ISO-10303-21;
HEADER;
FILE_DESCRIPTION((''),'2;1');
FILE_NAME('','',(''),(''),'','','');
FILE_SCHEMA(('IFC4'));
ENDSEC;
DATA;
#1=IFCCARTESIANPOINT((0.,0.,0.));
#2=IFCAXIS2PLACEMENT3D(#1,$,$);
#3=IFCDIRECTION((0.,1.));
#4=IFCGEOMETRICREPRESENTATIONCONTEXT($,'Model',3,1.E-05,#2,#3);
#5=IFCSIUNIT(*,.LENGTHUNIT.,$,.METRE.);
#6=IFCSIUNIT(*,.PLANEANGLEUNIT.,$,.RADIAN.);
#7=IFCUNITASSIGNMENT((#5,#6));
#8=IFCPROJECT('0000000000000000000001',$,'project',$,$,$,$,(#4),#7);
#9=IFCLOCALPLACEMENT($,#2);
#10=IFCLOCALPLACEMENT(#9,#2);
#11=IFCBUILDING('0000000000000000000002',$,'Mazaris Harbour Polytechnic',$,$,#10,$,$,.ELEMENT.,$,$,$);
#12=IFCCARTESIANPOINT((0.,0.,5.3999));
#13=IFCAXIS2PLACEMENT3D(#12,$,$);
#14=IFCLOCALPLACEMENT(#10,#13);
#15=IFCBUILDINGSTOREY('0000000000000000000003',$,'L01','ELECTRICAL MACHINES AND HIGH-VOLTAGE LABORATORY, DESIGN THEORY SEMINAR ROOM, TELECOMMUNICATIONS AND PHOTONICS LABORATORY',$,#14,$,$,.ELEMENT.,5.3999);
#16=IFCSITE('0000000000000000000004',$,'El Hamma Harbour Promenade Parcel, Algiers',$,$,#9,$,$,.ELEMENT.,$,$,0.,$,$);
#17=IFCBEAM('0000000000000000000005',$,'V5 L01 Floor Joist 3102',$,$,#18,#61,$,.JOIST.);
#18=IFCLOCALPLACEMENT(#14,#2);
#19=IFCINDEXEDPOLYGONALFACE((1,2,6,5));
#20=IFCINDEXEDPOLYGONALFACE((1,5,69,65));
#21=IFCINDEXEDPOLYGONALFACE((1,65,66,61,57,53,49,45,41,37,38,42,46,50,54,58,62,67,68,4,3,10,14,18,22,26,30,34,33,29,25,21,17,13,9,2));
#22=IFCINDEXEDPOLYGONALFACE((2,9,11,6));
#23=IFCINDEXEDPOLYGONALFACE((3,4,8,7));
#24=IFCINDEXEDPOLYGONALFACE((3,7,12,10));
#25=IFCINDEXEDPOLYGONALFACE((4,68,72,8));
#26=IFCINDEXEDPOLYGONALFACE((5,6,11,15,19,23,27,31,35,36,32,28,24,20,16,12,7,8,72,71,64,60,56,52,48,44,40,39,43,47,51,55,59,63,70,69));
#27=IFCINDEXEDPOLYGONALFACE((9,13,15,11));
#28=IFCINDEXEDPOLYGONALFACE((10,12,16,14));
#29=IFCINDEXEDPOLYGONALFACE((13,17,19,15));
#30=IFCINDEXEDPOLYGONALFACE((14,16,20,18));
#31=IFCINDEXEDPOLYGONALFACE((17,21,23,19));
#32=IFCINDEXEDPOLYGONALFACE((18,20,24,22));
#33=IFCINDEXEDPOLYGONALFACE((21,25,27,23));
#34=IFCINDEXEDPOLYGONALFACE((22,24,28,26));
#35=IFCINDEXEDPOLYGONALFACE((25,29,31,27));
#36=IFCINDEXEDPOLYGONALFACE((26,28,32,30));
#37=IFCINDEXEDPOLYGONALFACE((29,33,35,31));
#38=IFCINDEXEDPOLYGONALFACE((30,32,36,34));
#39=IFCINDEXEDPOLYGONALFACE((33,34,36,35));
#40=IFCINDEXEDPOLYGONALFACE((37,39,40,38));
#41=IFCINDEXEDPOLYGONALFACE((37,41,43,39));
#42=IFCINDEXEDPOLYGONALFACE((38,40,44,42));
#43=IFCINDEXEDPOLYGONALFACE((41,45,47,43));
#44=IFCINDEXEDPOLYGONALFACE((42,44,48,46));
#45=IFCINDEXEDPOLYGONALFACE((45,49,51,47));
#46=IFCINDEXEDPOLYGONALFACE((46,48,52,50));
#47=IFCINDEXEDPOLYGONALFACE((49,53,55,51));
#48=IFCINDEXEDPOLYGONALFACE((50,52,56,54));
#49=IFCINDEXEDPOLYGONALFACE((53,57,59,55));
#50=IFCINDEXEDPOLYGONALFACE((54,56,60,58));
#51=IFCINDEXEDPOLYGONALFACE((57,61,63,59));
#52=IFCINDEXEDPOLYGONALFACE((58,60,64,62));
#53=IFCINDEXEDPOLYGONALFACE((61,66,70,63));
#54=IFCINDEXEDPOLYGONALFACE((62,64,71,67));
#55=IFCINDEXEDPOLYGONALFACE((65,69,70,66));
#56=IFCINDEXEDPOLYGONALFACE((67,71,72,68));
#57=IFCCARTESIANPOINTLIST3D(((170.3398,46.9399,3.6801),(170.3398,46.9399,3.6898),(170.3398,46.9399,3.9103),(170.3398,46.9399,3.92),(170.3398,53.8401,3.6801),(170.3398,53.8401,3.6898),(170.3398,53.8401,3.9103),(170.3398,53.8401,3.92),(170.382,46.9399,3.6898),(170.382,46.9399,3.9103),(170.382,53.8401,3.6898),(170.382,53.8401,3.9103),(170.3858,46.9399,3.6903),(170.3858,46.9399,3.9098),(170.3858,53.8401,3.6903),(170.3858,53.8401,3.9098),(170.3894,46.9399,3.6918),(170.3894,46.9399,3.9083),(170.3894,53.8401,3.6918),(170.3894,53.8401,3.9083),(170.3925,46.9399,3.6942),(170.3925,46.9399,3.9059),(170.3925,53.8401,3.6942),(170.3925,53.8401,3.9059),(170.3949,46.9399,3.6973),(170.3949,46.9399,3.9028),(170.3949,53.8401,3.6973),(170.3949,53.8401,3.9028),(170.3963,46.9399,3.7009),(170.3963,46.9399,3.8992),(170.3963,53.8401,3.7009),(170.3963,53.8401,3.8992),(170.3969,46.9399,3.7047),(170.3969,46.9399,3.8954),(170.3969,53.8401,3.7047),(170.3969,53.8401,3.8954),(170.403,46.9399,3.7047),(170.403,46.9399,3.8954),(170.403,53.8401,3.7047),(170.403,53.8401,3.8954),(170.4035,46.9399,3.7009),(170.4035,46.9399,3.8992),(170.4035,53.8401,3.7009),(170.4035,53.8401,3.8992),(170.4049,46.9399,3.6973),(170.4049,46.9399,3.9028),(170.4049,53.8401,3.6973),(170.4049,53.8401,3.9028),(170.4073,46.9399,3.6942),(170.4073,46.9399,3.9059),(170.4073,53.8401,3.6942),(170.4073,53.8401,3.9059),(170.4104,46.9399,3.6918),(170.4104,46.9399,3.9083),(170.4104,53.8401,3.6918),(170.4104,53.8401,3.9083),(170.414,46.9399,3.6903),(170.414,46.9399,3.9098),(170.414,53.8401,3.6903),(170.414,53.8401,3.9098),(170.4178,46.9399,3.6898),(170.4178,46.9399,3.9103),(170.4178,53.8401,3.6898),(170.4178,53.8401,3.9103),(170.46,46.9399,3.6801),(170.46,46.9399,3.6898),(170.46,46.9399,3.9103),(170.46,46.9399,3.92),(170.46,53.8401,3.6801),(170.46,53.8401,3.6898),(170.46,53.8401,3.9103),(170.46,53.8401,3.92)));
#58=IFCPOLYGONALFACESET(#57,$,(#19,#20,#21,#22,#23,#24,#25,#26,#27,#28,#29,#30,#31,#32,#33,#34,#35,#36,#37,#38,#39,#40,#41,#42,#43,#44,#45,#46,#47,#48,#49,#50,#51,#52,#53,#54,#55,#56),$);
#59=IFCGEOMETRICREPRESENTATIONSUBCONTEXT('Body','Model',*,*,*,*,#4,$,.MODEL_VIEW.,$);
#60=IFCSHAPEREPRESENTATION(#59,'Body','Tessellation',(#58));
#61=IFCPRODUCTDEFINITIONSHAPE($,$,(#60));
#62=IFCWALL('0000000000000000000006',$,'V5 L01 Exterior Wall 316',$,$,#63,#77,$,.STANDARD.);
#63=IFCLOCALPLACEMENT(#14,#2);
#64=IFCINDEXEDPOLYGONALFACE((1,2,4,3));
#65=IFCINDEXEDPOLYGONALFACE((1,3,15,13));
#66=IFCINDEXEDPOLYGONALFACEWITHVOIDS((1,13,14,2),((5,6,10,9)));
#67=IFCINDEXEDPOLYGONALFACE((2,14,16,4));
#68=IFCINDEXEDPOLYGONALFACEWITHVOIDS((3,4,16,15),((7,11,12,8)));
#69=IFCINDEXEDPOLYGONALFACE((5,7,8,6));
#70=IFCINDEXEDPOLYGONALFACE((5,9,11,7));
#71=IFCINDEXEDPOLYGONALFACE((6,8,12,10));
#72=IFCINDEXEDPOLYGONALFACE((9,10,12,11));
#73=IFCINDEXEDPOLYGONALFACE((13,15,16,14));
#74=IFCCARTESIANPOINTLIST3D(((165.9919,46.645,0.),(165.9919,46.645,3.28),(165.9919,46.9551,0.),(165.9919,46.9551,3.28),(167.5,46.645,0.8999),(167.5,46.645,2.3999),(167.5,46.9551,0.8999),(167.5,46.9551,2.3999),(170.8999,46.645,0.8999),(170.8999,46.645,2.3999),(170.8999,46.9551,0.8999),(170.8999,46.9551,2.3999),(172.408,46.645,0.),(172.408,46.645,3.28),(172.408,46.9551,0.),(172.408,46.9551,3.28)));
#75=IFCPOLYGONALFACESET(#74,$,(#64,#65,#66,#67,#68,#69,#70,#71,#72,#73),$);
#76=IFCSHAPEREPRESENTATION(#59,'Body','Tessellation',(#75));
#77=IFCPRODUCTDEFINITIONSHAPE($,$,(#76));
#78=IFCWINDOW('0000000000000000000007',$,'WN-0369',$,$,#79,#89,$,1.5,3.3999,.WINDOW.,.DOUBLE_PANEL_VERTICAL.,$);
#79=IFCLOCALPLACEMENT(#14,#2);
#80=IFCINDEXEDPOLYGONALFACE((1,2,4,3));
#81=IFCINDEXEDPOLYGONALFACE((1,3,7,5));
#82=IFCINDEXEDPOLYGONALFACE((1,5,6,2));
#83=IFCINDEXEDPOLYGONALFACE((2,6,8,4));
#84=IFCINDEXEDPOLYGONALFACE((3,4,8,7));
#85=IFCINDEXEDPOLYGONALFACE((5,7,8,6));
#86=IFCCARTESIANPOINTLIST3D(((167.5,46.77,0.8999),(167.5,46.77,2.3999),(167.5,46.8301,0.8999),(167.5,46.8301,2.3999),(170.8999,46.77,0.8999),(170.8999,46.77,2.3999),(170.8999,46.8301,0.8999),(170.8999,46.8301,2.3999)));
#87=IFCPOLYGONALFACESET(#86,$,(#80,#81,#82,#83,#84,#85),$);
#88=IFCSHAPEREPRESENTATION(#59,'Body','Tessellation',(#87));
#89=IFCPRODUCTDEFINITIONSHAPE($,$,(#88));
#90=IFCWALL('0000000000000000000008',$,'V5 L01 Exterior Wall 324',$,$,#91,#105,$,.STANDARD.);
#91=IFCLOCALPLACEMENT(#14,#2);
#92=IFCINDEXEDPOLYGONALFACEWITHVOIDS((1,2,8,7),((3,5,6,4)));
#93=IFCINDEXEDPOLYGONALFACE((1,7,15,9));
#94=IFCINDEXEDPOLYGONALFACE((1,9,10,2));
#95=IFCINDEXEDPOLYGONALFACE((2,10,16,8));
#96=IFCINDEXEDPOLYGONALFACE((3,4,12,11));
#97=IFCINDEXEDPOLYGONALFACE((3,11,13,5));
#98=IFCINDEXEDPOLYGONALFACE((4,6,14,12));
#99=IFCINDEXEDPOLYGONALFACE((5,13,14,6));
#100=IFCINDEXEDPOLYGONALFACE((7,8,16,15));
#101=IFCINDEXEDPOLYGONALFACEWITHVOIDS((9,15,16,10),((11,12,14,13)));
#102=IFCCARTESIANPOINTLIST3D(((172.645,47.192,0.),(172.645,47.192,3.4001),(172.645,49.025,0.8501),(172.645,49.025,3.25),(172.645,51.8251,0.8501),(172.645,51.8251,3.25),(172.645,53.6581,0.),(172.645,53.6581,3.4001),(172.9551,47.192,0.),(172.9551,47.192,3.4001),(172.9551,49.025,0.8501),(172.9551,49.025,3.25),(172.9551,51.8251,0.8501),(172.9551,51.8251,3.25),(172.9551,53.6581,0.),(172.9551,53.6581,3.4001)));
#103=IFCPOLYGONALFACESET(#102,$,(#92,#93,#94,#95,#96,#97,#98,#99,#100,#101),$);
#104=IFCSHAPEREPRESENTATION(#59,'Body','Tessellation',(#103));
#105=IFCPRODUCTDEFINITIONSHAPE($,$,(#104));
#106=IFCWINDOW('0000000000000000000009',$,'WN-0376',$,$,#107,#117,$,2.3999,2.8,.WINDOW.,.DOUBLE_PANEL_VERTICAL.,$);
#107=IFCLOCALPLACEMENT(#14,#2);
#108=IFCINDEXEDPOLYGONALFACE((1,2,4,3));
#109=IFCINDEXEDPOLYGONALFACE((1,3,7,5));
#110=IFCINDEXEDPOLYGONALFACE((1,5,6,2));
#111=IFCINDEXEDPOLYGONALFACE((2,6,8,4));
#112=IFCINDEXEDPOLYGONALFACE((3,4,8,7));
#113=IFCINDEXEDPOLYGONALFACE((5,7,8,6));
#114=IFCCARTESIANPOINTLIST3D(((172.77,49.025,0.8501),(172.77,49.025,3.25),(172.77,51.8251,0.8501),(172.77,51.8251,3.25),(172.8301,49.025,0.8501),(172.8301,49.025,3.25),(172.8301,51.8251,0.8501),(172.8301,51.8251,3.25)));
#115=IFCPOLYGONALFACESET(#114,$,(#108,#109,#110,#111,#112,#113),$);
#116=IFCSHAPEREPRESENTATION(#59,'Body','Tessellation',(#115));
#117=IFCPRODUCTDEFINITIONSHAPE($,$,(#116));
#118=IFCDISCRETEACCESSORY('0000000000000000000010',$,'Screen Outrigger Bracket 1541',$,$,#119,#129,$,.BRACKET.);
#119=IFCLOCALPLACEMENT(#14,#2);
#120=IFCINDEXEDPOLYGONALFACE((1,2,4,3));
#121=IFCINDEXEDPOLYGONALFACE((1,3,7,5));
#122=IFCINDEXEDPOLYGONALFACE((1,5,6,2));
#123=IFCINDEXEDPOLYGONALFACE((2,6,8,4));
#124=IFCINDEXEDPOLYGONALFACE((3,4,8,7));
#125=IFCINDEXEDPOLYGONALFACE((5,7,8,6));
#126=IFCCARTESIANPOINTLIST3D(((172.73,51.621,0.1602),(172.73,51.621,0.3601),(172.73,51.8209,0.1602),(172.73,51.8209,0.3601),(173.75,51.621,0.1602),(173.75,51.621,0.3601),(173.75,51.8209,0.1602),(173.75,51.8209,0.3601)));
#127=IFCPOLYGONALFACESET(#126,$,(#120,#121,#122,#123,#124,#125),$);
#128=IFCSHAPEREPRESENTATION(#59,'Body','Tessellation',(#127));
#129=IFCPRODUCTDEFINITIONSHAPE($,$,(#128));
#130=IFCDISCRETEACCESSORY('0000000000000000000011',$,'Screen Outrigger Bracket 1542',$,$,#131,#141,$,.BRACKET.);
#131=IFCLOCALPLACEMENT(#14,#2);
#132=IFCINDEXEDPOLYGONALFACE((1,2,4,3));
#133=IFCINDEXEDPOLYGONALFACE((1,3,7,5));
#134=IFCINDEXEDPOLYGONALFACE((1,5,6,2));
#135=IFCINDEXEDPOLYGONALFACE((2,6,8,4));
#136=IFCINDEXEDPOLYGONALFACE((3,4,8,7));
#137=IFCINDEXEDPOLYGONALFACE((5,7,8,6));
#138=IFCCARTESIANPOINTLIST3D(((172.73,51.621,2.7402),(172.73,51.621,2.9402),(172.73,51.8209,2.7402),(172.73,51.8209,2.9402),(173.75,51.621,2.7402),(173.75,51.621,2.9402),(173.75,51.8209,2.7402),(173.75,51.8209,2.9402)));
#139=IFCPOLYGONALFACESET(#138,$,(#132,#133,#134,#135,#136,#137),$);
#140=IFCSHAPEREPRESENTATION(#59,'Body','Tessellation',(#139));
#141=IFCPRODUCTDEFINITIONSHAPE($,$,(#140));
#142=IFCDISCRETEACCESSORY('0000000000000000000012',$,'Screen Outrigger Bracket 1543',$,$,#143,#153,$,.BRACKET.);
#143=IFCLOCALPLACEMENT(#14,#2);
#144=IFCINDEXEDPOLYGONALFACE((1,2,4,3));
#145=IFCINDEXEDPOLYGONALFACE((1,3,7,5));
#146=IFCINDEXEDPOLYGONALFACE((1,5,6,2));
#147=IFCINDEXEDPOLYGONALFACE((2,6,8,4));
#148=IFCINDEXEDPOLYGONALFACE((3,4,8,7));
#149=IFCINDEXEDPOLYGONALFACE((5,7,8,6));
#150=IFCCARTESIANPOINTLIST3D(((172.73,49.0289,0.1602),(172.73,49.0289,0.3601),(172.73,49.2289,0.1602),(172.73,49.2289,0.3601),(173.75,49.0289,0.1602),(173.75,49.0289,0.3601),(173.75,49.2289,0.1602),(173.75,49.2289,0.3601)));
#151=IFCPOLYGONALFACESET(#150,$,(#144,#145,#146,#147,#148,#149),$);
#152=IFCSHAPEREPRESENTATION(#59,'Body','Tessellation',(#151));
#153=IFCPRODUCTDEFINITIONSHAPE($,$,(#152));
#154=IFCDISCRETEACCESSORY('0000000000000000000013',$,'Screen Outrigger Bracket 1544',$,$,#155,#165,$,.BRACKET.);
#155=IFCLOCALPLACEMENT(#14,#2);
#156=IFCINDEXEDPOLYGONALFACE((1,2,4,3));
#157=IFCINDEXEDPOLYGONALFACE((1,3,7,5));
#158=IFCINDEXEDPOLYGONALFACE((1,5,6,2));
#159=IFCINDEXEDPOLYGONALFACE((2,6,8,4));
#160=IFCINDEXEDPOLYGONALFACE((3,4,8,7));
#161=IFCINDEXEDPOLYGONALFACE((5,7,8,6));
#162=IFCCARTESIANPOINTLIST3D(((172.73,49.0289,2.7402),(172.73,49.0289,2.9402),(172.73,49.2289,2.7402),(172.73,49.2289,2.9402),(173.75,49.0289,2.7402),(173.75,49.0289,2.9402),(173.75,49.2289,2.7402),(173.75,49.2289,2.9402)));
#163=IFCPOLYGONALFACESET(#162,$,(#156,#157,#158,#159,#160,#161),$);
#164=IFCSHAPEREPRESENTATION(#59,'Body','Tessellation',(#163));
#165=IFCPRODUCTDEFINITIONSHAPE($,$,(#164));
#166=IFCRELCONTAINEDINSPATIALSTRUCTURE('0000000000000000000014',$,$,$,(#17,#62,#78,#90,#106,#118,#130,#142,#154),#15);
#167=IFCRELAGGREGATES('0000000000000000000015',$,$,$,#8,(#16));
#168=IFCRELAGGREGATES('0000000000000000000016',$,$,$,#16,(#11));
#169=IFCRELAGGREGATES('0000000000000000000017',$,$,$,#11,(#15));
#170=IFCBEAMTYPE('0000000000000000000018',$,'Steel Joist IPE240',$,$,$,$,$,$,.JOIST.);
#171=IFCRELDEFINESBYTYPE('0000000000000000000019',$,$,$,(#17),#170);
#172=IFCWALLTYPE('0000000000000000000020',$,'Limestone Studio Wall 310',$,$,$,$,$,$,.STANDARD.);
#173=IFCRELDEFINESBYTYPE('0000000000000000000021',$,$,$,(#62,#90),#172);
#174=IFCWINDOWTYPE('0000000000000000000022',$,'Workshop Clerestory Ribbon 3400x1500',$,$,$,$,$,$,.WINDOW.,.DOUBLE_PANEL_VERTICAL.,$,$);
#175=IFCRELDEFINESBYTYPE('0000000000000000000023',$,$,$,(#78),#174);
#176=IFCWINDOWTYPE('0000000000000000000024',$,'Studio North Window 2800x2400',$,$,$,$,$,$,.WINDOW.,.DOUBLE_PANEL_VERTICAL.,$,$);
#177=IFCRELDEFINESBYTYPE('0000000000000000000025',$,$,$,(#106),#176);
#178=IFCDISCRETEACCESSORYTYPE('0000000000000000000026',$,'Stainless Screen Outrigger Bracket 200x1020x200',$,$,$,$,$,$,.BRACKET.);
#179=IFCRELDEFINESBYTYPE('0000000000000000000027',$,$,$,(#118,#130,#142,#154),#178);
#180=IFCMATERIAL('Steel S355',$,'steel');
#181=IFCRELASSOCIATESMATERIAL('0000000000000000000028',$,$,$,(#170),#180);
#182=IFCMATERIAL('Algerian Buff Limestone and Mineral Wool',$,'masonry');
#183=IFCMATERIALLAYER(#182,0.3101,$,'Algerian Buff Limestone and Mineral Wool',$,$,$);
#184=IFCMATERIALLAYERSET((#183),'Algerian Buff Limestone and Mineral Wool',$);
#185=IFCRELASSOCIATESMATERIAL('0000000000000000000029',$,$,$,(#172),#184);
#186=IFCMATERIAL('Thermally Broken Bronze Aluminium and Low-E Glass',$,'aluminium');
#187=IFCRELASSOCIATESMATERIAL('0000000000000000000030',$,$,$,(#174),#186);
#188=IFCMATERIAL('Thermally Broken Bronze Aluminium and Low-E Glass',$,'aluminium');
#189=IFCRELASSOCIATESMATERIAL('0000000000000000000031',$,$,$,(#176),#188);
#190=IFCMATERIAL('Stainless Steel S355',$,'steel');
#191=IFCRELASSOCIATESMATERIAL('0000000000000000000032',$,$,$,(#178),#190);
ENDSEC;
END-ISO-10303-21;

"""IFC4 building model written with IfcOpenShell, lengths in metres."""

from ifc_helpers import new_model, si_unit, direction, frame, frame_2d, origin, origin_2d, place, context, subcontext, project, spatial, rectangle, i_section, extrude, material, layer, layer_set, material_profile, profile_set, type_object, element, fill, save


model = new_model("IFC4")

# Units and contexts
model_context = context("Model", 3, precision=1e-05, world=origin(), true_north=direction((0.0, 1.0)))
body_context = subcontext(model_context, "Body", "Model", "MODEL_VIEW")
ifc_project = project(units=[si_unit("LENGTHUNIT", "METRE"), si_unit("PLANEANGLEUNIT", "RADIAN")], contexts=[model_context])

# Site, building, storey
site_placement = place(None, origin())
site = spatial("IfcSite", under=ifc_project, at=site_placement, Name="El Hamma Harbour Promenade Parcel, Algiers", CompositionType="ELEMENT", RefElevation=0.0)
building_placement = place(site_placement, origin())
building = spatial("IfcBuilding", under=site, at=building_placement, Name="Mazaris Harbour Polytechnic", CompositionType="ELEMENT")
storey_placement = place(building_placement, frame((0.0, 0.0, 5.3999)))
storey = spatial("IfcBuildingStorey", under=building, at=storey_placement, Name="L01", Description="ELECTRICAL MACHINES AND HIGH-VOLTAGE LABORATORY, DESIGN THEORY SEMINAR ROOM, TELECOMMUNICATIONS AND PHOTONICS LABORATORY", CompositionType="ELEMENT", Elevation=5.3999)

# Beam
ifc_material_1 = material(Name="Steel S355", Category="steel")
ifc_material_profile_1 = material_profile(ifc_material_1, i_section(OverallWidth=0.1201, OverallDepth=0.24, WebThickness=0.0061, FlangeThickness=0.0098, FilletRadius=0.0149, at=origin_2d()), Name="IPE 240")
ifc_profile_set_1 = profile_set([ifc_material_profile_1], Name="Steel S355")
beam_type_1 = type_object("IfcBeamType", Name="Steel Joist IPE240", PredefinedType="JOIST", material=ifc_profile_set_1)
beam_1_placement = place(storey_placement, frame((170.3999, 46.9399, 3.8), z_axis=(0.0, 1.0, 0.0), x_axis=(-1.0, 0.0, 0.0)))
element("IfcBeam", 1, at=beam_1_placement, inside=storey, type_object=beam_type_1, Name="V5 L01 Floor Joist 3102", PredefinedType="JOIST", context=body_context, shape_type="SweptSolid", body=[
    extrude(i_section(OverallWidth=0.1201, OverallDepth=0.24, WebThickness=0.0061, FlangeThickness=0.0098, FilletRadius=0.0149, at=origin_2d()), origin(), (0.0, 0.0, 1.0), 6.9001),
])

# Walls, openings, windows
ifc_material_2 = material(Name="Algerian Buff Limestone and Mineral Wool", Category="masonry")
ifc_layer = layer(ifc_material_2, 0.3101, Name="Algerian Buff Limestone and Mineral Wool")
ifc_layer_set = layer_set([ifc_layer], Name="Algerian Buff Limestone and Mineral Wool")
wall_type = type_object("IfcWallType", Name="Limestone Studio Wall 310", PredefinedType="STANDARD", material=ifc_layer_set)
wall_1_placement = place(storey_placement, frame((172.408, 46.8, 0.0), z_axis=(0.0, 0.0, 1.0), x_axis=(-1.0, 0.0, 0.0)))
wall_1 = element("IfcWall", 2, at=wall_1_placement, inside=storey, type_object=wall_type, Name="V5 L01 Exterior Wall 316", PredefinedType="STANDARD", context=body_context, shape_type="SweptSolid", body=[
    extrude(rectangle(XDim=6.416, YDim=0.3101, at=frame_2d((3.208, 0.0))), origin(), (0.0, 0.0, 1.0), 3.28),
])
opening_1_placement = place(wall_1_placement, frame((1.5081, 0.0, 0.8999)))
opening_1 = element("IfcOpeningElement", 3, at=opening_1_placement, cuts=wall_1, PredefinedType="OPENING", context=body_context, shape_type="SweptSolid", body=[
    extrude(rectangle(XDim=3.3999, YDim=1.5, at=frame_2d((1.7, 0.75))), frame((0.0, 0.165, 0.0), z_axis=(0.0, -1.0, 0.0), x_axis=(1.0, 0.0, 0.0)), (0.0, 0.0, 1.0), 0.3301),
])
ifc_material_3 = material(Name="Thermally Broken Bronze Aluminium and Low-E Glass", Category="aluminium")
window_type_1 = type_object("IfcWindowType", Name="Workshop Clerestory Ribbon 3400x1500", PartitioningType="DOUBLE_PANEL_VERTICAL", PredefinedType="WINDOW", material=ifc_material_3)
window_1_placement = place(opening_1_placement, origin())
window_1 = element("IfcWindow", 4, at=window_1_placement, inside=storey, type_object=window_type_1, Name="WN-0369", OverallHeight=1.5, OverallWidth=3.3999, PartitioningType="DOUBLE_PANEL_VERTICAL", PredefinedType="WINDOW", context=body_context, shape_type="SweptSolid", body=[
    extrude(rectangle(XDim=3.3999, YDim=1.5, at=frame_2d((1.7, 0.75))), frame((0.0, 0.03, 0.0), z_axis=(0.0, -1.0, 0.0), x_axis=(1.0, 0.0, 0.0)), (0.0, 0.0, 1.0), 0.0601),
])
fill(opening_1, window_1)
wall_2_placement = place(storey_placement, frame((172.8, 53.658, 0.0), z_axis=(0.0, 0.0, 1.0), x_axis=(0.0, -1.0, 0.0)))
wall_2 = element("IfcWall", 5, at=wall_2_placement, inside=storey, type_object=wall_type, Name="V5 L01 Exterior Wall 324", PredefinedType="STANDARD", context=body_context, shape_type="SweptSolid", body=[
    extrude(rectangle(XDim=6.4661, YDim=0.3101, at=frame_2d((3.2329, 0.0))), origin(), (0.0, 0.0, 1.0), 3.4001),
])
opening_2_placement = place(wall_2_placement, frame((1.833, 0.0, 0.8501)))
opening_2 = element("IfcOpeningElement", 6, at=opening_2_placement, cuts=wall_2, PredefinedType="OPENING", context=body_context, shape_type="SweptSolid", body=[
    extrude(rectangle(XDim=2.8, YDim=2.3999, at=frame_2d((1.3999, 1.2))), frame((0.0, 0.165, 0.0), z_axis=(0.0, -1.0, 0.0), x_axis=(1.0, 0.0, 0.0)), (0.0, 0.0, 1.0), 0.3301),
])
ifc_material_4 = material(Name="Thermally Broken Bronze Aluminium and Low-E Glass", Category="aluminium")
window_type_2 = type_object("IfcWindowType", Name="Studio North Window 2800x2400", PartitioningType="DOUBLE_PANEL_VERTICAL", PredefinedType="WINDOW", material=ifc_material_4)
window_2_placement = place(opening_2_placement, origin())
window_2 = element("IfcWindow", 7, at=window_2_placement, inside=storey, type_object=window_type_2, Name="WN-0376", OverallHeight=2.3999, OverallWidth=2.8, PartitioningType="DOUBLE_PANEL_VERTICAL", PredefinedType="WINDOW", context=body_context, shape_type="SweptSolid", body=[
    extrude(rectangle(XDim=2.8, YDim=2.3999, at=frame_2d((1.3999, 1.2))), frame((0.0, 0.03, 0.0), z_axis=(0.0, -1.0, 0.0), x_axis=(1.0, 0.0, 0.0)), (0.0, 0.0, 1.0), 0.0601),
])
fill(opening_2, window_2)

# Discrete accessories
ifc_material_5 = material(Name="Stainless Steel S355", Category="steel")
discrete_accessory_type = type_object("IfcDiscreteAccessoryType", Name="Stainless Screen Outrigger Bracket 200x1020x200", PredefinedType="BRACKET", material=ifc_material_5)
for number, where, z_axis, x_axis, name in (
    (8, (173.24, 51.7209, 0.1602), (0.0, 0.0, 1.0), (0.0, -1.0, 0.0), "Screen Outrigger Bracket 1541"),
    (9, (173.24, 51.7209, 2.7402), (0.0, 0.0, 1.0), (0.0, -1.0, 0.0), "Screen Outrigger Bracket 1542"),
    (10, (173.24, 49.1289, 0.1602), (0.0, 0.0, 1.0), (0.0, -1.0, 0.0), "Screen Outrigger Bracket 1543"),
    (11, (173.24, 49.1289, 2.7402), (0.0, 0.0, 1.0), (0.0, -1.0, 0.0), "Screen Outrigger Bracket 1544"),
):
    element("IfcDiscreteAccessory", number, at=place(storey_placement, frame(where, z_axis=z_axis, x_axis=x_axis)), inside=storey, type_object=discrete_accessory_type, Name=name, PredefinedType="BRACKET", context=body_context, shape_type="SweptSolid", body=[
        extrude(rectangle(XDim=0.2, YDim=1.02, at=origin_2d()), origin(), (0.0, 0.0, 1.0), 0.2),
    ])

save(model, "model.ifc")
